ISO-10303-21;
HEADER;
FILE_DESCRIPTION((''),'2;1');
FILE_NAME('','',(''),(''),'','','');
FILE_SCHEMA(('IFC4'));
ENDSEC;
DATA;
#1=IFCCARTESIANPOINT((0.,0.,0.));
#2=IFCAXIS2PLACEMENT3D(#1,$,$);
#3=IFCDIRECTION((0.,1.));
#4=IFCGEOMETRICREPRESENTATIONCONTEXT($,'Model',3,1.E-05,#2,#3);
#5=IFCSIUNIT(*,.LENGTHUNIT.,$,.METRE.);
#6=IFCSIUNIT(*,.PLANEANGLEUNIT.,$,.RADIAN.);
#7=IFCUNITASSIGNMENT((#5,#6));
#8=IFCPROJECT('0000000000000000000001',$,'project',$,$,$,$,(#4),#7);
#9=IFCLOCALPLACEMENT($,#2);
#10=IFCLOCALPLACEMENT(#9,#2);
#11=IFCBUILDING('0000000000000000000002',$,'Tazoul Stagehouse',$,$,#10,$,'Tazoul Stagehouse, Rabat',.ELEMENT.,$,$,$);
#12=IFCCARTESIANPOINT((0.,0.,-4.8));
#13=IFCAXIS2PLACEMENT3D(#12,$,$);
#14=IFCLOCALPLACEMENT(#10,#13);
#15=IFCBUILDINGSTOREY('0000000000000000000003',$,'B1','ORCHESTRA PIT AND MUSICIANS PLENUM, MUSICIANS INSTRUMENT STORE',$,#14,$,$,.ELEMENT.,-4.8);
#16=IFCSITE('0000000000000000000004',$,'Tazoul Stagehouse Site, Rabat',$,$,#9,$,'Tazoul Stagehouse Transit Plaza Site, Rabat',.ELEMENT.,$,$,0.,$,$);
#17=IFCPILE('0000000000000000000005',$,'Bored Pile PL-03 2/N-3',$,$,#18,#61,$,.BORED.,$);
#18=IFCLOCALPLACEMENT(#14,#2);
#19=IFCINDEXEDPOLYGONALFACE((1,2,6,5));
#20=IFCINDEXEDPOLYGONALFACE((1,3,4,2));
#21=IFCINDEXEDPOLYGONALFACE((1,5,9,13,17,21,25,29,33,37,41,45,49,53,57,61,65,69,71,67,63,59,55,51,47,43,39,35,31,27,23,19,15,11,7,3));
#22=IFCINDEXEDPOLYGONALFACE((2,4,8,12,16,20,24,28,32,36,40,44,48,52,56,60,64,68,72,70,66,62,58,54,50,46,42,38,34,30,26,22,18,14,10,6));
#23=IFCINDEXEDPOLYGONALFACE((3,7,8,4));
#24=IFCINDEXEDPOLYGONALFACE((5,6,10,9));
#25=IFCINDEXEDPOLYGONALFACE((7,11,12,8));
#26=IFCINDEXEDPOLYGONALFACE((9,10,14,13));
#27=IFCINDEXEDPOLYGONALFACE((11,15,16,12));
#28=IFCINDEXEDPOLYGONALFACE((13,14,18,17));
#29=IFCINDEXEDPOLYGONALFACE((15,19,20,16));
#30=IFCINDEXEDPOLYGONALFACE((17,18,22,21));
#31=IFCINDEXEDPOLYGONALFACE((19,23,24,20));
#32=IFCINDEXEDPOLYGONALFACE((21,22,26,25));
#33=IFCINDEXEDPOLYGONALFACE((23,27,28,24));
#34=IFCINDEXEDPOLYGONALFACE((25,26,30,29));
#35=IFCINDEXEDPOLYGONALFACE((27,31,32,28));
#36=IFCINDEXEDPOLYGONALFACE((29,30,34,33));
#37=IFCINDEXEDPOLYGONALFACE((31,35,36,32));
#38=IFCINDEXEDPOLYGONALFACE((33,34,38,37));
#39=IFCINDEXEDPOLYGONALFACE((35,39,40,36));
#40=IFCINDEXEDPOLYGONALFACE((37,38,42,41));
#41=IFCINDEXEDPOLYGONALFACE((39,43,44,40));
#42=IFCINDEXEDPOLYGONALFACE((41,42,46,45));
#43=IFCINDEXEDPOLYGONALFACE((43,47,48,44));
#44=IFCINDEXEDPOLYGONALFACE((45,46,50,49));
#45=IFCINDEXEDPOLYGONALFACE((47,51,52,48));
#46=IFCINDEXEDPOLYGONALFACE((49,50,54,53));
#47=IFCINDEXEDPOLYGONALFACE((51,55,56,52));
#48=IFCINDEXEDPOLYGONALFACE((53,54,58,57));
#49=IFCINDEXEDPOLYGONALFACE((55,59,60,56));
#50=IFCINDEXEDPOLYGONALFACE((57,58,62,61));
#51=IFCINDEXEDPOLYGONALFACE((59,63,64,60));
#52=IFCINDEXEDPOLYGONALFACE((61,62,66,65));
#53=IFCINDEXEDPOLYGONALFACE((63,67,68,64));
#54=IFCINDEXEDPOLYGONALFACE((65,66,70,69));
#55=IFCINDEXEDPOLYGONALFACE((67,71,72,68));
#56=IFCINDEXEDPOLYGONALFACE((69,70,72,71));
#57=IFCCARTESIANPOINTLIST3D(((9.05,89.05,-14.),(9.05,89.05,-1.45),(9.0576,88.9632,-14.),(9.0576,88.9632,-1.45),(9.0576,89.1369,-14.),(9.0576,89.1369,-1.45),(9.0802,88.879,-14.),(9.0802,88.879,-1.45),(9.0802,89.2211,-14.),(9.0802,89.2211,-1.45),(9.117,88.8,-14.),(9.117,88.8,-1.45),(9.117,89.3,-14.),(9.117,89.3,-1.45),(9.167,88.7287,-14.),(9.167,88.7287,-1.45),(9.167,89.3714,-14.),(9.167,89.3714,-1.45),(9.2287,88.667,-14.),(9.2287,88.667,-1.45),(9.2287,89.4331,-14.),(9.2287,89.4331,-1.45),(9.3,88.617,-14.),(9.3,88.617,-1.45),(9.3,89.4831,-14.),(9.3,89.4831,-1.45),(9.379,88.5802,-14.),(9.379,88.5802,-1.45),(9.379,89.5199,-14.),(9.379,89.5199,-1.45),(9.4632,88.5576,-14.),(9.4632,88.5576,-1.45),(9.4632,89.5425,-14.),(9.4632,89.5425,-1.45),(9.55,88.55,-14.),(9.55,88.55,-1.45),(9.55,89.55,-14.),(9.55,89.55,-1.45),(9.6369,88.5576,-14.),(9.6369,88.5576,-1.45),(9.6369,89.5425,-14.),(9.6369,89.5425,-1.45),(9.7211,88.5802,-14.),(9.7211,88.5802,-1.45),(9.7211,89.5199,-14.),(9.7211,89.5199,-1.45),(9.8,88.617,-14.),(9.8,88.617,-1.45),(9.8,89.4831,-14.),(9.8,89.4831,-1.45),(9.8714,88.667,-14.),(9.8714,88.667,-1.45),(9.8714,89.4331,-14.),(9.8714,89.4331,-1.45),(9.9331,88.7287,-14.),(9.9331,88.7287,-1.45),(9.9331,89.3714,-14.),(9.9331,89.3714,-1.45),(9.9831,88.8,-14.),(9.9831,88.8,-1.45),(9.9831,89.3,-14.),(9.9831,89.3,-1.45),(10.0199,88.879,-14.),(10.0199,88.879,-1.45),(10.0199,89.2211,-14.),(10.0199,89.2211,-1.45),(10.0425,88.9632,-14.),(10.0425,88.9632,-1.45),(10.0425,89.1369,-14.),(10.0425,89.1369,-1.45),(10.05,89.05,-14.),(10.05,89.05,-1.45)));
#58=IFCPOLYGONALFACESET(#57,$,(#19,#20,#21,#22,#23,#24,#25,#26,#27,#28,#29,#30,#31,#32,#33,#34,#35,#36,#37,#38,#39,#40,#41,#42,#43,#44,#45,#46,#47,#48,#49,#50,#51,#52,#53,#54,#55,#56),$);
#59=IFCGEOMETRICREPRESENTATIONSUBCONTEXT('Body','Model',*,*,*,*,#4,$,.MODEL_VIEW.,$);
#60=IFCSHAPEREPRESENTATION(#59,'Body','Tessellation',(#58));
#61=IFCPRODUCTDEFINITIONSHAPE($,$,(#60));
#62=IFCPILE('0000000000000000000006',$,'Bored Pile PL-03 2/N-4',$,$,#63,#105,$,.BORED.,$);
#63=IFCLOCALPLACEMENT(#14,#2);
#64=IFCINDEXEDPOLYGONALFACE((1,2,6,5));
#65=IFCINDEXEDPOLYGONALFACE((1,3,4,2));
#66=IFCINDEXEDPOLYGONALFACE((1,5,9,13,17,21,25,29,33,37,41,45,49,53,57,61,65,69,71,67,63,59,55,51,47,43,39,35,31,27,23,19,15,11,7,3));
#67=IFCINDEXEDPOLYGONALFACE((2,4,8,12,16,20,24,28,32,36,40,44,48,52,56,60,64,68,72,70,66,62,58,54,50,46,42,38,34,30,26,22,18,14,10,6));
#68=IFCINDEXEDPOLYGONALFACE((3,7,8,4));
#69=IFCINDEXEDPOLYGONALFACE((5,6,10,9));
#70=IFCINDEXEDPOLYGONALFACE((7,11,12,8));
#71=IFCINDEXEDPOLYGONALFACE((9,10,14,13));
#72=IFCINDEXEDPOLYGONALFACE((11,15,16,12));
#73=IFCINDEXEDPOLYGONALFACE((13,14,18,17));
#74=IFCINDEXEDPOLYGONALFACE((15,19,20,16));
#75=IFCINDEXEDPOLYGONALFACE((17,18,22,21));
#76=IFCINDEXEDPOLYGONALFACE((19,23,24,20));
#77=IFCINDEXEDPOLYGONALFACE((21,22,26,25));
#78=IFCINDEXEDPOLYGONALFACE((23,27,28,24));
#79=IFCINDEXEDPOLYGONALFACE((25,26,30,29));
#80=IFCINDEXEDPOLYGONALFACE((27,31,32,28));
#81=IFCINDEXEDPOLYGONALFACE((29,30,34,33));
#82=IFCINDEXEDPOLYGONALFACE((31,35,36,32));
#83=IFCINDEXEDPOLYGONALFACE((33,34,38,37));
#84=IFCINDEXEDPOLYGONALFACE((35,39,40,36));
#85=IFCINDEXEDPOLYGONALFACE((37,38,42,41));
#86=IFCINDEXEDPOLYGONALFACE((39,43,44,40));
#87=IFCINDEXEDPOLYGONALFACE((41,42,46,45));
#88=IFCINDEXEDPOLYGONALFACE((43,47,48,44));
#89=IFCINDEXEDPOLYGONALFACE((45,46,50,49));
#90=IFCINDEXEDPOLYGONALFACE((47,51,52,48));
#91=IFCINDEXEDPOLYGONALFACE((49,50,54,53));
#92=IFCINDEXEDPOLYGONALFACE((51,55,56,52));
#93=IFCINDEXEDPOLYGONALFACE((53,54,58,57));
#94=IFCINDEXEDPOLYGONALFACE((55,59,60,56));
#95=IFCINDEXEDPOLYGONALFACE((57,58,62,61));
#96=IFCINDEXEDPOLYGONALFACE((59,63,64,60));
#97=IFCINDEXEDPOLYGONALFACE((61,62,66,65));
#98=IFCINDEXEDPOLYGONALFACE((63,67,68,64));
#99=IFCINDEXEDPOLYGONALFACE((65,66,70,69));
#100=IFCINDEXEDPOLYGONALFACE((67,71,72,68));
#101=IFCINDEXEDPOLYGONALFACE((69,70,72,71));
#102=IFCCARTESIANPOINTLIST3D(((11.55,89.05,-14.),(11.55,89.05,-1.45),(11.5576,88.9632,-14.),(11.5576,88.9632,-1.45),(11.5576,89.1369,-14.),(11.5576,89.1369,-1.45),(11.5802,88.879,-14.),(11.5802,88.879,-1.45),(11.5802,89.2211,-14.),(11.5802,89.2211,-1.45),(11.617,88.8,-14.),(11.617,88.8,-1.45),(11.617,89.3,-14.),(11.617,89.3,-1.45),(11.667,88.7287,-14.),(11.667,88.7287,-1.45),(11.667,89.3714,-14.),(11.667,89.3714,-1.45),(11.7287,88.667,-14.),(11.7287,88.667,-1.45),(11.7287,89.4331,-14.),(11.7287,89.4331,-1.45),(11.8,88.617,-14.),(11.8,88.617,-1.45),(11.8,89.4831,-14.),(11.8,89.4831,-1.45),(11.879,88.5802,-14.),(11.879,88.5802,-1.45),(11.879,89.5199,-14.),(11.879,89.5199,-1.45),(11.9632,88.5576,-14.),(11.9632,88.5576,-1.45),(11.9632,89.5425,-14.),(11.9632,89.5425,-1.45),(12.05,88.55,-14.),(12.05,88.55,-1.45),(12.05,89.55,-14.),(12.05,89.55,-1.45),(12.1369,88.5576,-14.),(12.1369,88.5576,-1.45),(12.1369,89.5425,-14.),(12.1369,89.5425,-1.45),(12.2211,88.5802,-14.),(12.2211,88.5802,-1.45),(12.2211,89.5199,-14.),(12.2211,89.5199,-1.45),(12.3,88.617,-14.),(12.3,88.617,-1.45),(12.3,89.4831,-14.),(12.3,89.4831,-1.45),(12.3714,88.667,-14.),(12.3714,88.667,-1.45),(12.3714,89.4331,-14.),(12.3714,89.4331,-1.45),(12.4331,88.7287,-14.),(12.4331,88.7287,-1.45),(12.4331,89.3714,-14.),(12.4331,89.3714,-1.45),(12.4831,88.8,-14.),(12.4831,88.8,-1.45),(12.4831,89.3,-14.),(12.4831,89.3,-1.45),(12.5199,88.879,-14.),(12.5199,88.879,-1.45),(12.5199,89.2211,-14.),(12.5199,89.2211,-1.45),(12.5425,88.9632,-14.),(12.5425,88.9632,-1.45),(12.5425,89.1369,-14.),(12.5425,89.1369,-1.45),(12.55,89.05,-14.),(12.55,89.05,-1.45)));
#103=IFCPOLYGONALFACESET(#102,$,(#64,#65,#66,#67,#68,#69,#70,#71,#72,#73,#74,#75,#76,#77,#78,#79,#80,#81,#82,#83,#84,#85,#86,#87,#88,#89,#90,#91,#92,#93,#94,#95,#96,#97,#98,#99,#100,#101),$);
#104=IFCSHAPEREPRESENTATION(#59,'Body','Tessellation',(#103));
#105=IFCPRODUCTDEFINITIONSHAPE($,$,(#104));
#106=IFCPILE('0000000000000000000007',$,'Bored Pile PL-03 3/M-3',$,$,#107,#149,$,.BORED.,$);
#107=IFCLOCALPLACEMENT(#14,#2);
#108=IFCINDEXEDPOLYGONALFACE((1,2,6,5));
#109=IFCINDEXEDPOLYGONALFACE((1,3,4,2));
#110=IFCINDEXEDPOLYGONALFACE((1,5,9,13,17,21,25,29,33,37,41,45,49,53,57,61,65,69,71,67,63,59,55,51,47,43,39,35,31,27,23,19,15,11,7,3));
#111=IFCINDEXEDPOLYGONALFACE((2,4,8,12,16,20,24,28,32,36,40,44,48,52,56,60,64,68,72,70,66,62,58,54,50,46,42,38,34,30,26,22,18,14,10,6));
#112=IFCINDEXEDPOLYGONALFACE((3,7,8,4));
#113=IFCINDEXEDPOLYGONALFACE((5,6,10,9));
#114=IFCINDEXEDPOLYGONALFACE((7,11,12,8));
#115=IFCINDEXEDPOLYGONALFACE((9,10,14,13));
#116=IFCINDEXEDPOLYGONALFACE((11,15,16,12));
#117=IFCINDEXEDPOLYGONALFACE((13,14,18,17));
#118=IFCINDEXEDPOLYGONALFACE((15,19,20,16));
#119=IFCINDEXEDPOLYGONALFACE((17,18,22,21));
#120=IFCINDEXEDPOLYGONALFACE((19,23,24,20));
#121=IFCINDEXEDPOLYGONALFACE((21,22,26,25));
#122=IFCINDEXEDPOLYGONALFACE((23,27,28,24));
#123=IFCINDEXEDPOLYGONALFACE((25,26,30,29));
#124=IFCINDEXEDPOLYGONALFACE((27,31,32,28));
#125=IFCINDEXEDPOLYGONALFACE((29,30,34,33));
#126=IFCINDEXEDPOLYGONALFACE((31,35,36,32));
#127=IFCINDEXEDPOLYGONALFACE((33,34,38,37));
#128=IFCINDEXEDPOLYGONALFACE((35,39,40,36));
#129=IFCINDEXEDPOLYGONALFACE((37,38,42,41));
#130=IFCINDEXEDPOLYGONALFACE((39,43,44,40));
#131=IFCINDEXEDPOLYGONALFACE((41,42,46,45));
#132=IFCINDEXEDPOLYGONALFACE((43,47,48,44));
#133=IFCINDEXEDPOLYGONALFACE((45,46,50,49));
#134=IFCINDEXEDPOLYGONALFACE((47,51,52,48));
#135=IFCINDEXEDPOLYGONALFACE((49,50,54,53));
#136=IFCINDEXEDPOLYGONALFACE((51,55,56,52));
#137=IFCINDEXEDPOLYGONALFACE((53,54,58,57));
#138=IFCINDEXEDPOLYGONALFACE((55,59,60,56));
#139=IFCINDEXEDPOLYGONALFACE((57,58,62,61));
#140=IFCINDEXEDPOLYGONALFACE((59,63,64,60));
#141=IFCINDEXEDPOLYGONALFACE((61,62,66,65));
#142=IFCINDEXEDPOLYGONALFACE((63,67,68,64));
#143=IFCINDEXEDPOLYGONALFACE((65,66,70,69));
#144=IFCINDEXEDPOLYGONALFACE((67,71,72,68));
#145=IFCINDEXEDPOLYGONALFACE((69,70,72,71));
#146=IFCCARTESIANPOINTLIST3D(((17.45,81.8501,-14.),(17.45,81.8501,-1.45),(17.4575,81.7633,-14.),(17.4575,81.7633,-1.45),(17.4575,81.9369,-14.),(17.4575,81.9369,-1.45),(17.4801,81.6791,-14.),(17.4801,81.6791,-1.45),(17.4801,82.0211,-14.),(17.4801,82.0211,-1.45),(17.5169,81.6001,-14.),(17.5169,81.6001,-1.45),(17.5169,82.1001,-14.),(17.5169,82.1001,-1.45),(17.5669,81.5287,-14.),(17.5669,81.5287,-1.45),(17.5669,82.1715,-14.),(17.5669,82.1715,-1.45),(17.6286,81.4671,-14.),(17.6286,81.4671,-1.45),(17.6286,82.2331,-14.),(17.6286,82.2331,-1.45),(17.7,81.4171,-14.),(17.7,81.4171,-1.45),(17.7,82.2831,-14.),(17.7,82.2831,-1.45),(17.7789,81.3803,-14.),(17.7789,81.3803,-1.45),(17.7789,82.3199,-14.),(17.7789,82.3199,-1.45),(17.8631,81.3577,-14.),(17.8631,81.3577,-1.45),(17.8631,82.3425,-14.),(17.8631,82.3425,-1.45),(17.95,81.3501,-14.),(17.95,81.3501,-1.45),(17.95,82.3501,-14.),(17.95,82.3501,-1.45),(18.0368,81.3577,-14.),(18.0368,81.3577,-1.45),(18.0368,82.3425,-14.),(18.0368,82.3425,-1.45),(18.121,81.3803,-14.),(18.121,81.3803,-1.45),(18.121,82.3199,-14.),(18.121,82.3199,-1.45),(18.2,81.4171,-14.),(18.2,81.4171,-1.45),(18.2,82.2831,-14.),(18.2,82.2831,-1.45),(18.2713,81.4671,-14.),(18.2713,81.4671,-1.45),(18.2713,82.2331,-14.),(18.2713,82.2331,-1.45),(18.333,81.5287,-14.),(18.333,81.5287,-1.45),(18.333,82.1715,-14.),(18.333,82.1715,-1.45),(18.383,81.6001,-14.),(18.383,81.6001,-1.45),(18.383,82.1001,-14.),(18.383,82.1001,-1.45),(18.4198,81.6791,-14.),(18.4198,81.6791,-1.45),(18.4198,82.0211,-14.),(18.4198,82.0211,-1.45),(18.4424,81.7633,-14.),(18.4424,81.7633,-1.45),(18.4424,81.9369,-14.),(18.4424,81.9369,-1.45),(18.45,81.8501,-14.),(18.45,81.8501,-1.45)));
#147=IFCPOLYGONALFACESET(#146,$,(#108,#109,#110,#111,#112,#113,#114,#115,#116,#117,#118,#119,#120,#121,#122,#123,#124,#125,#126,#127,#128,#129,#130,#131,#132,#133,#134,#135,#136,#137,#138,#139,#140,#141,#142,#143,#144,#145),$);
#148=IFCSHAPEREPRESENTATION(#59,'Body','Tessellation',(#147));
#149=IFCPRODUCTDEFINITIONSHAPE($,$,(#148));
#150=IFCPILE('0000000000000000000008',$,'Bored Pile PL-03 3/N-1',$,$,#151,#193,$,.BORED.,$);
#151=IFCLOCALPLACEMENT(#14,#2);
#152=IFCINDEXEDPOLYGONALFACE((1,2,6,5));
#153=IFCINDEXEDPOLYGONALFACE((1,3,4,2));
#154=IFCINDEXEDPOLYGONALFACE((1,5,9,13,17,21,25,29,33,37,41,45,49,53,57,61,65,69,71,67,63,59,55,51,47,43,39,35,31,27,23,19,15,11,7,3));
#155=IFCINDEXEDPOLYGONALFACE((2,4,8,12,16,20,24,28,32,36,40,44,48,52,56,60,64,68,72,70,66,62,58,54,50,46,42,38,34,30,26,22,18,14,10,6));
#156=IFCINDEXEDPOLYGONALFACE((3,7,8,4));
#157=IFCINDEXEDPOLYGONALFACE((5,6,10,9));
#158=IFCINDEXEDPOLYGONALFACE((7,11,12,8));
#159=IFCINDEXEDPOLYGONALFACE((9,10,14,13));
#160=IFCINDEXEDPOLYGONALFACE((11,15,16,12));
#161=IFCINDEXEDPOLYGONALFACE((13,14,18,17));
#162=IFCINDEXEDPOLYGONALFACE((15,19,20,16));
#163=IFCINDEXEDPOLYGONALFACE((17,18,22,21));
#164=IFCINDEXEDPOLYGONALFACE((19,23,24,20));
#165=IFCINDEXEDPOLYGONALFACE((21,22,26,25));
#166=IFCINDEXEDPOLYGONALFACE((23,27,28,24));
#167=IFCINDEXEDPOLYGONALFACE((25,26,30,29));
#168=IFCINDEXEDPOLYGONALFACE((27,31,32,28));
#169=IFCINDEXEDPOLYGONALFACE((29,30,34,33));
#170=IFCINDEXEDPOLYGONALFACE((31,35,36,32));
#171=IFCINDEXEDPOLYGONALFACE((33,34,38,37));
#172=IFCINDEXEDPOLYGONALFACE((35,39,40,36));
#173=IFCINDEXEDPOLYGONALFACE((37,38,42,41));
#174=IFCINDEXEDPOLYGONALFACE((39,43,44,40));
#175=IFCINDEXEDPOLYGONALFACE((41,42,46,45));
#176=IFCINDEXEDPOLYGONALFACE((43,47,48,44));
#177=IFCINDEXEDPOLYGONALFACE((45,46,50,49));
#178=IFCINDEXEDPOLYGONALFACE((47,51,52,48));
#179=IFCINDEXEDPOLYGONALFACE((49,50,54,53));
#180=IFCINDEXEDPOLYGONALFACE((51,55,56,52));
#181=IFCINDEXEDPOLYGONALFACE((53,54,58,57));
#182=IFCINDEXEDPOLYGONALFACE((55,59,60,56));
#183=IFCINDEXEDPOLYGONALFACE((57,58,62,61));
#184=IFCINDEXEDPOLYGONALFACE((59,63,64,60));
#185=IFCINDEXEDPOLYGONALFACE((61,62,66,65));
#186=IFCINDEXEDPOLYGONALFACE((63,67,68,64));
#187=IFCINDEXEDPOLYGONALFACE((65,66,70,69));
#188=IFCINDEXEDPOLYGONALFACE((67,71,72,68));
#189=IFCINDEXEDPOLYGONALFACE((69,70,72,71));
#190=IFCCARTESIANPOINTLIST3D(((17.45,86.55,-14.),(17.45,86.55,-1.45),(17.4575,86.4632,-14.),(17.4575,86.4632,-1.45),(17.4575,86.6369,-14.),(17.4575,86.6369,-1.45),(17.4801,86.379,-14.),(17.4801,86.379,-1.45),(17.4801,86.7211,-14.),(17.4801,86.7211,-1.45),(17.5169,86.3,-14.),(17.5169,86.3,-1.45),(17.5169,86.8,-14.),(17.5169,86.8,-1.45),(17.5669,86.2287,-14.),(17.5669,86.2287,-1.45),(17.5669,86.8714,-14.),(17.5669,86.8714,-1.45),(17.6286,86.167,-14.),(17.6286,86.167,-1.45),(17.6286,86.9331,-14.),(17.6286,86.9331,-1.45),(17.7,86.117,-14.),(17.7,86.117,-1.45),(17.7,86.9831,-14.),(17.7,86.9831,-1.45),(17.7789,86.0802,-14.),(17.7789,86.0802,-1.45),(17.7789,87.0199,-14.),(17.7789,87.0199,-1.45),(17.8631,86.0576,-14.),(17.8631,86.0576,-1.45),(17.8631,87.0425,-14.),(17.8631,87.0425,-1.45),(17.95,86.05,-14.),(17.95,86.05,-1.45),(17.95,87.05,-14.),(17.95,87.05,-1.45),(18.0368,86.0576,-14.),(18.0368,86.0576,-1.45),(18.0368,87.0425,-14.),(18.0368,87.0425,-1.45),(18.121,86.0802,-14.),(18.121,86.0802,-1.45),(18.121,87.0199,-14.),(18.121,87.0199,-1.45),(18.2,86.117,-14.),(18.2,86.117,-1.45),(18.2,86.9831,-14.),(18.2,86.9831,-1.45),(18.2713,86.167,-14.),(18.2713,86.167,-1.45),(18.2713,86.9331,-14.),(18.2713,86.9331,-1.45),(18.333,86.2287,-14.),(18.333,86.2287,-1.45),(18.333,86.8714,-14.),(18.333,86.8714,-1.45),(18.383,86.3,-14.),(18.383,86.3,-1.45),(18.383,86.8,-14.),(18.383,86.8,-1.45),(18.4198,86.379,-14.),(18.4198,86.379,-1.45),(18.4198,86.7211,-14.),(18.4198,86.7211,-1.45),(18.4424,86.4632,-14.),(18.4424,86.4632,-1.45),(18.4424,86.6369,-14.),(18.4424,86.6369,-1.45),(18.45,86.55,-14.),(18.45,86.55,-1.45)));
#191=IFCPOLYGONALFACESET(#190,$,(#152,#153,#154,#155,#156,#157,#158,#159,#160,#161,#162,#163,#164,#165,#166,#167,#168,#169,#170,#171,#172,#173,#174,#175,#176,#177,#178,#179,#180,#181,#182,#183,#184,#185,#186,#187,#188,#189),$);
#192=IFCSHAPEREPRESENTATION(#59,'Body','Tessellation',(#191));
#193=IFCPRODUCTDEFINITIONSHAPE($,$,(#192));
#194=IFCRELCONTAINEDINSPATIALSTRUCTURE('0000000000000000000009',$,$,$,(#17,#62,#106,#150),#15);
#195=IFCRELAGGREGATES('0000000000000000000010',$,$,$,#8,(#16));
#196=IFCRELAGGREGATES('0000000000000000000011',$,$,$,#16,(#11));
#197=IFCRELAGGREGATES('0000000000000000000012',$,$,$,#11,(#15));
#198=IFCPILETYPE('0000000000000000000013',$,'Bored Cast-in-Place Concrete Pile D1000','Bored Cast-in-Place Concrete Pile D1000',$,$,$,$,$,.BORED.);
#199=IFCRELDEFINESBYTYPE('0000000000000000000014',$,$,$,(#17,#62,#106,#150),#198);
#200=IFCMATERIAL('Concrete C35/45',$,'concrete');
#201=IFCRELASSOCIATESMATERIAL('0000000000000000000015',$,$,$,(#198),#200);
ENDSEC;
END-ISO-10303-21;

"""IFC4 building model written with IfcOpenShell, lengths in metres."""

from ifc_helpers import new_model, si_unit, direction, frame, origin, origin_2d, place, context, subcontext, project, spatial, circle, extrude, material, material_profile, profile_set, type_object, element, save


model = new_model("IFC4")

# Units and contexts
model_context = context("Model", 3, precision=1e-05, world=origin(), true_north=direction((0.0, 1.0)))
body_context = subcontext(model_context, "Body", "Model", "MODEL_VIEW")
ifc_project = project(units=[si_unit("LENGTHUNIT", "METRE"), si_unit("PLANEANGLEUNIT", "RADIAN")], contexts=[model_context])

# Site, building, storey
site_placement = place(None, origin())
site = spatial("IfcSite", under=ifc_project, at=site_placement, Name="Tazoul Stagehouse Site, Rabat", LongName="Tazoul Stagehouse Transit Plaza Site, Rabat", CompositionType="ELEMENT", RefElevation=0.0)
building_placement = place(site_placement, origin())
building = spatial("IfcBuilding", under=site, at=building_placement, Name="Tazoul Stagehouse", LongName="Tazoul Stagehouse, Rabat", CompositionType="ELEMENT")
storey_placement = place(building_placement, frame((0.0, 0.0, -4.8)))
storey = spatial("IfcBuildingStorey", under=building, at=storey_placement, Name="B1", Description="ORCHESTRA PIT AND MUSICIANS PLENUM, MUSICIANS INSTRUMENT STORE", CompositionType="ELEMENT", Elevation=-4.8)

# Piles
ifc_material_1 = material(Name="Concrete C35/45", Category="concrete")
ifc_material_profile_1 = material_profile(ifc_material_1, circle(Radius=0.5, at=origin_2d()), Name="BORED PILE 1000")
ifc_profile_set_1 = profile_set([ifc_material_profile_1], Name="Concrete C35/45")
pile_type_1 = type_object("IfcPileType", Name="Bored Cast-in-Place Concrete Pile D1000", Description="Bored Cast-in-Place Concrete Pile D1000", PredefinedType="BORED", material=ifc_profile_set_1)
for number, where, z_axis, x_axis, name in (
    (1, (9.55, 89.05, -1.45), (0.0, 0.0, -1.0), (1.0, 0.0, 0.0), "Bored Pile PL-03 2/N-3"),
    (2, (12.05, 89.05, -1.45), (0.0, 0.0, -1.0), (1.0, 0.0, 0.0), "Bored Pile PL-03 2/N-4"),
    (3, (17.95, 81.8501, -1.45), (0.0, 0.0, -1.0), (1.0, 0.0, 0.0), "Bored Pile PL-03 3/M-3"),
    (4, (17.95, 86.55, -1.45), (0.0, 0.0, -1.0), (1.0, 0.0, 0.0), "Bored Pile PL-03 3/N-1"),
):
    element("IfcPile", number, at=place(storey_placement, frame(where, z_axis=z_axis, x_axis=x_axis)), inside=storey, type_object=pile_type_1, Name=name, PredefinedType="BORED", context=body_context, shape_type="SweptSolid", body=[
        extrude(circle(Radius=0.5, at=origin_2d()), origin(), (0.0, 0.0, 1.0), 12.55),
    ])

save(model, "model.ifc")
